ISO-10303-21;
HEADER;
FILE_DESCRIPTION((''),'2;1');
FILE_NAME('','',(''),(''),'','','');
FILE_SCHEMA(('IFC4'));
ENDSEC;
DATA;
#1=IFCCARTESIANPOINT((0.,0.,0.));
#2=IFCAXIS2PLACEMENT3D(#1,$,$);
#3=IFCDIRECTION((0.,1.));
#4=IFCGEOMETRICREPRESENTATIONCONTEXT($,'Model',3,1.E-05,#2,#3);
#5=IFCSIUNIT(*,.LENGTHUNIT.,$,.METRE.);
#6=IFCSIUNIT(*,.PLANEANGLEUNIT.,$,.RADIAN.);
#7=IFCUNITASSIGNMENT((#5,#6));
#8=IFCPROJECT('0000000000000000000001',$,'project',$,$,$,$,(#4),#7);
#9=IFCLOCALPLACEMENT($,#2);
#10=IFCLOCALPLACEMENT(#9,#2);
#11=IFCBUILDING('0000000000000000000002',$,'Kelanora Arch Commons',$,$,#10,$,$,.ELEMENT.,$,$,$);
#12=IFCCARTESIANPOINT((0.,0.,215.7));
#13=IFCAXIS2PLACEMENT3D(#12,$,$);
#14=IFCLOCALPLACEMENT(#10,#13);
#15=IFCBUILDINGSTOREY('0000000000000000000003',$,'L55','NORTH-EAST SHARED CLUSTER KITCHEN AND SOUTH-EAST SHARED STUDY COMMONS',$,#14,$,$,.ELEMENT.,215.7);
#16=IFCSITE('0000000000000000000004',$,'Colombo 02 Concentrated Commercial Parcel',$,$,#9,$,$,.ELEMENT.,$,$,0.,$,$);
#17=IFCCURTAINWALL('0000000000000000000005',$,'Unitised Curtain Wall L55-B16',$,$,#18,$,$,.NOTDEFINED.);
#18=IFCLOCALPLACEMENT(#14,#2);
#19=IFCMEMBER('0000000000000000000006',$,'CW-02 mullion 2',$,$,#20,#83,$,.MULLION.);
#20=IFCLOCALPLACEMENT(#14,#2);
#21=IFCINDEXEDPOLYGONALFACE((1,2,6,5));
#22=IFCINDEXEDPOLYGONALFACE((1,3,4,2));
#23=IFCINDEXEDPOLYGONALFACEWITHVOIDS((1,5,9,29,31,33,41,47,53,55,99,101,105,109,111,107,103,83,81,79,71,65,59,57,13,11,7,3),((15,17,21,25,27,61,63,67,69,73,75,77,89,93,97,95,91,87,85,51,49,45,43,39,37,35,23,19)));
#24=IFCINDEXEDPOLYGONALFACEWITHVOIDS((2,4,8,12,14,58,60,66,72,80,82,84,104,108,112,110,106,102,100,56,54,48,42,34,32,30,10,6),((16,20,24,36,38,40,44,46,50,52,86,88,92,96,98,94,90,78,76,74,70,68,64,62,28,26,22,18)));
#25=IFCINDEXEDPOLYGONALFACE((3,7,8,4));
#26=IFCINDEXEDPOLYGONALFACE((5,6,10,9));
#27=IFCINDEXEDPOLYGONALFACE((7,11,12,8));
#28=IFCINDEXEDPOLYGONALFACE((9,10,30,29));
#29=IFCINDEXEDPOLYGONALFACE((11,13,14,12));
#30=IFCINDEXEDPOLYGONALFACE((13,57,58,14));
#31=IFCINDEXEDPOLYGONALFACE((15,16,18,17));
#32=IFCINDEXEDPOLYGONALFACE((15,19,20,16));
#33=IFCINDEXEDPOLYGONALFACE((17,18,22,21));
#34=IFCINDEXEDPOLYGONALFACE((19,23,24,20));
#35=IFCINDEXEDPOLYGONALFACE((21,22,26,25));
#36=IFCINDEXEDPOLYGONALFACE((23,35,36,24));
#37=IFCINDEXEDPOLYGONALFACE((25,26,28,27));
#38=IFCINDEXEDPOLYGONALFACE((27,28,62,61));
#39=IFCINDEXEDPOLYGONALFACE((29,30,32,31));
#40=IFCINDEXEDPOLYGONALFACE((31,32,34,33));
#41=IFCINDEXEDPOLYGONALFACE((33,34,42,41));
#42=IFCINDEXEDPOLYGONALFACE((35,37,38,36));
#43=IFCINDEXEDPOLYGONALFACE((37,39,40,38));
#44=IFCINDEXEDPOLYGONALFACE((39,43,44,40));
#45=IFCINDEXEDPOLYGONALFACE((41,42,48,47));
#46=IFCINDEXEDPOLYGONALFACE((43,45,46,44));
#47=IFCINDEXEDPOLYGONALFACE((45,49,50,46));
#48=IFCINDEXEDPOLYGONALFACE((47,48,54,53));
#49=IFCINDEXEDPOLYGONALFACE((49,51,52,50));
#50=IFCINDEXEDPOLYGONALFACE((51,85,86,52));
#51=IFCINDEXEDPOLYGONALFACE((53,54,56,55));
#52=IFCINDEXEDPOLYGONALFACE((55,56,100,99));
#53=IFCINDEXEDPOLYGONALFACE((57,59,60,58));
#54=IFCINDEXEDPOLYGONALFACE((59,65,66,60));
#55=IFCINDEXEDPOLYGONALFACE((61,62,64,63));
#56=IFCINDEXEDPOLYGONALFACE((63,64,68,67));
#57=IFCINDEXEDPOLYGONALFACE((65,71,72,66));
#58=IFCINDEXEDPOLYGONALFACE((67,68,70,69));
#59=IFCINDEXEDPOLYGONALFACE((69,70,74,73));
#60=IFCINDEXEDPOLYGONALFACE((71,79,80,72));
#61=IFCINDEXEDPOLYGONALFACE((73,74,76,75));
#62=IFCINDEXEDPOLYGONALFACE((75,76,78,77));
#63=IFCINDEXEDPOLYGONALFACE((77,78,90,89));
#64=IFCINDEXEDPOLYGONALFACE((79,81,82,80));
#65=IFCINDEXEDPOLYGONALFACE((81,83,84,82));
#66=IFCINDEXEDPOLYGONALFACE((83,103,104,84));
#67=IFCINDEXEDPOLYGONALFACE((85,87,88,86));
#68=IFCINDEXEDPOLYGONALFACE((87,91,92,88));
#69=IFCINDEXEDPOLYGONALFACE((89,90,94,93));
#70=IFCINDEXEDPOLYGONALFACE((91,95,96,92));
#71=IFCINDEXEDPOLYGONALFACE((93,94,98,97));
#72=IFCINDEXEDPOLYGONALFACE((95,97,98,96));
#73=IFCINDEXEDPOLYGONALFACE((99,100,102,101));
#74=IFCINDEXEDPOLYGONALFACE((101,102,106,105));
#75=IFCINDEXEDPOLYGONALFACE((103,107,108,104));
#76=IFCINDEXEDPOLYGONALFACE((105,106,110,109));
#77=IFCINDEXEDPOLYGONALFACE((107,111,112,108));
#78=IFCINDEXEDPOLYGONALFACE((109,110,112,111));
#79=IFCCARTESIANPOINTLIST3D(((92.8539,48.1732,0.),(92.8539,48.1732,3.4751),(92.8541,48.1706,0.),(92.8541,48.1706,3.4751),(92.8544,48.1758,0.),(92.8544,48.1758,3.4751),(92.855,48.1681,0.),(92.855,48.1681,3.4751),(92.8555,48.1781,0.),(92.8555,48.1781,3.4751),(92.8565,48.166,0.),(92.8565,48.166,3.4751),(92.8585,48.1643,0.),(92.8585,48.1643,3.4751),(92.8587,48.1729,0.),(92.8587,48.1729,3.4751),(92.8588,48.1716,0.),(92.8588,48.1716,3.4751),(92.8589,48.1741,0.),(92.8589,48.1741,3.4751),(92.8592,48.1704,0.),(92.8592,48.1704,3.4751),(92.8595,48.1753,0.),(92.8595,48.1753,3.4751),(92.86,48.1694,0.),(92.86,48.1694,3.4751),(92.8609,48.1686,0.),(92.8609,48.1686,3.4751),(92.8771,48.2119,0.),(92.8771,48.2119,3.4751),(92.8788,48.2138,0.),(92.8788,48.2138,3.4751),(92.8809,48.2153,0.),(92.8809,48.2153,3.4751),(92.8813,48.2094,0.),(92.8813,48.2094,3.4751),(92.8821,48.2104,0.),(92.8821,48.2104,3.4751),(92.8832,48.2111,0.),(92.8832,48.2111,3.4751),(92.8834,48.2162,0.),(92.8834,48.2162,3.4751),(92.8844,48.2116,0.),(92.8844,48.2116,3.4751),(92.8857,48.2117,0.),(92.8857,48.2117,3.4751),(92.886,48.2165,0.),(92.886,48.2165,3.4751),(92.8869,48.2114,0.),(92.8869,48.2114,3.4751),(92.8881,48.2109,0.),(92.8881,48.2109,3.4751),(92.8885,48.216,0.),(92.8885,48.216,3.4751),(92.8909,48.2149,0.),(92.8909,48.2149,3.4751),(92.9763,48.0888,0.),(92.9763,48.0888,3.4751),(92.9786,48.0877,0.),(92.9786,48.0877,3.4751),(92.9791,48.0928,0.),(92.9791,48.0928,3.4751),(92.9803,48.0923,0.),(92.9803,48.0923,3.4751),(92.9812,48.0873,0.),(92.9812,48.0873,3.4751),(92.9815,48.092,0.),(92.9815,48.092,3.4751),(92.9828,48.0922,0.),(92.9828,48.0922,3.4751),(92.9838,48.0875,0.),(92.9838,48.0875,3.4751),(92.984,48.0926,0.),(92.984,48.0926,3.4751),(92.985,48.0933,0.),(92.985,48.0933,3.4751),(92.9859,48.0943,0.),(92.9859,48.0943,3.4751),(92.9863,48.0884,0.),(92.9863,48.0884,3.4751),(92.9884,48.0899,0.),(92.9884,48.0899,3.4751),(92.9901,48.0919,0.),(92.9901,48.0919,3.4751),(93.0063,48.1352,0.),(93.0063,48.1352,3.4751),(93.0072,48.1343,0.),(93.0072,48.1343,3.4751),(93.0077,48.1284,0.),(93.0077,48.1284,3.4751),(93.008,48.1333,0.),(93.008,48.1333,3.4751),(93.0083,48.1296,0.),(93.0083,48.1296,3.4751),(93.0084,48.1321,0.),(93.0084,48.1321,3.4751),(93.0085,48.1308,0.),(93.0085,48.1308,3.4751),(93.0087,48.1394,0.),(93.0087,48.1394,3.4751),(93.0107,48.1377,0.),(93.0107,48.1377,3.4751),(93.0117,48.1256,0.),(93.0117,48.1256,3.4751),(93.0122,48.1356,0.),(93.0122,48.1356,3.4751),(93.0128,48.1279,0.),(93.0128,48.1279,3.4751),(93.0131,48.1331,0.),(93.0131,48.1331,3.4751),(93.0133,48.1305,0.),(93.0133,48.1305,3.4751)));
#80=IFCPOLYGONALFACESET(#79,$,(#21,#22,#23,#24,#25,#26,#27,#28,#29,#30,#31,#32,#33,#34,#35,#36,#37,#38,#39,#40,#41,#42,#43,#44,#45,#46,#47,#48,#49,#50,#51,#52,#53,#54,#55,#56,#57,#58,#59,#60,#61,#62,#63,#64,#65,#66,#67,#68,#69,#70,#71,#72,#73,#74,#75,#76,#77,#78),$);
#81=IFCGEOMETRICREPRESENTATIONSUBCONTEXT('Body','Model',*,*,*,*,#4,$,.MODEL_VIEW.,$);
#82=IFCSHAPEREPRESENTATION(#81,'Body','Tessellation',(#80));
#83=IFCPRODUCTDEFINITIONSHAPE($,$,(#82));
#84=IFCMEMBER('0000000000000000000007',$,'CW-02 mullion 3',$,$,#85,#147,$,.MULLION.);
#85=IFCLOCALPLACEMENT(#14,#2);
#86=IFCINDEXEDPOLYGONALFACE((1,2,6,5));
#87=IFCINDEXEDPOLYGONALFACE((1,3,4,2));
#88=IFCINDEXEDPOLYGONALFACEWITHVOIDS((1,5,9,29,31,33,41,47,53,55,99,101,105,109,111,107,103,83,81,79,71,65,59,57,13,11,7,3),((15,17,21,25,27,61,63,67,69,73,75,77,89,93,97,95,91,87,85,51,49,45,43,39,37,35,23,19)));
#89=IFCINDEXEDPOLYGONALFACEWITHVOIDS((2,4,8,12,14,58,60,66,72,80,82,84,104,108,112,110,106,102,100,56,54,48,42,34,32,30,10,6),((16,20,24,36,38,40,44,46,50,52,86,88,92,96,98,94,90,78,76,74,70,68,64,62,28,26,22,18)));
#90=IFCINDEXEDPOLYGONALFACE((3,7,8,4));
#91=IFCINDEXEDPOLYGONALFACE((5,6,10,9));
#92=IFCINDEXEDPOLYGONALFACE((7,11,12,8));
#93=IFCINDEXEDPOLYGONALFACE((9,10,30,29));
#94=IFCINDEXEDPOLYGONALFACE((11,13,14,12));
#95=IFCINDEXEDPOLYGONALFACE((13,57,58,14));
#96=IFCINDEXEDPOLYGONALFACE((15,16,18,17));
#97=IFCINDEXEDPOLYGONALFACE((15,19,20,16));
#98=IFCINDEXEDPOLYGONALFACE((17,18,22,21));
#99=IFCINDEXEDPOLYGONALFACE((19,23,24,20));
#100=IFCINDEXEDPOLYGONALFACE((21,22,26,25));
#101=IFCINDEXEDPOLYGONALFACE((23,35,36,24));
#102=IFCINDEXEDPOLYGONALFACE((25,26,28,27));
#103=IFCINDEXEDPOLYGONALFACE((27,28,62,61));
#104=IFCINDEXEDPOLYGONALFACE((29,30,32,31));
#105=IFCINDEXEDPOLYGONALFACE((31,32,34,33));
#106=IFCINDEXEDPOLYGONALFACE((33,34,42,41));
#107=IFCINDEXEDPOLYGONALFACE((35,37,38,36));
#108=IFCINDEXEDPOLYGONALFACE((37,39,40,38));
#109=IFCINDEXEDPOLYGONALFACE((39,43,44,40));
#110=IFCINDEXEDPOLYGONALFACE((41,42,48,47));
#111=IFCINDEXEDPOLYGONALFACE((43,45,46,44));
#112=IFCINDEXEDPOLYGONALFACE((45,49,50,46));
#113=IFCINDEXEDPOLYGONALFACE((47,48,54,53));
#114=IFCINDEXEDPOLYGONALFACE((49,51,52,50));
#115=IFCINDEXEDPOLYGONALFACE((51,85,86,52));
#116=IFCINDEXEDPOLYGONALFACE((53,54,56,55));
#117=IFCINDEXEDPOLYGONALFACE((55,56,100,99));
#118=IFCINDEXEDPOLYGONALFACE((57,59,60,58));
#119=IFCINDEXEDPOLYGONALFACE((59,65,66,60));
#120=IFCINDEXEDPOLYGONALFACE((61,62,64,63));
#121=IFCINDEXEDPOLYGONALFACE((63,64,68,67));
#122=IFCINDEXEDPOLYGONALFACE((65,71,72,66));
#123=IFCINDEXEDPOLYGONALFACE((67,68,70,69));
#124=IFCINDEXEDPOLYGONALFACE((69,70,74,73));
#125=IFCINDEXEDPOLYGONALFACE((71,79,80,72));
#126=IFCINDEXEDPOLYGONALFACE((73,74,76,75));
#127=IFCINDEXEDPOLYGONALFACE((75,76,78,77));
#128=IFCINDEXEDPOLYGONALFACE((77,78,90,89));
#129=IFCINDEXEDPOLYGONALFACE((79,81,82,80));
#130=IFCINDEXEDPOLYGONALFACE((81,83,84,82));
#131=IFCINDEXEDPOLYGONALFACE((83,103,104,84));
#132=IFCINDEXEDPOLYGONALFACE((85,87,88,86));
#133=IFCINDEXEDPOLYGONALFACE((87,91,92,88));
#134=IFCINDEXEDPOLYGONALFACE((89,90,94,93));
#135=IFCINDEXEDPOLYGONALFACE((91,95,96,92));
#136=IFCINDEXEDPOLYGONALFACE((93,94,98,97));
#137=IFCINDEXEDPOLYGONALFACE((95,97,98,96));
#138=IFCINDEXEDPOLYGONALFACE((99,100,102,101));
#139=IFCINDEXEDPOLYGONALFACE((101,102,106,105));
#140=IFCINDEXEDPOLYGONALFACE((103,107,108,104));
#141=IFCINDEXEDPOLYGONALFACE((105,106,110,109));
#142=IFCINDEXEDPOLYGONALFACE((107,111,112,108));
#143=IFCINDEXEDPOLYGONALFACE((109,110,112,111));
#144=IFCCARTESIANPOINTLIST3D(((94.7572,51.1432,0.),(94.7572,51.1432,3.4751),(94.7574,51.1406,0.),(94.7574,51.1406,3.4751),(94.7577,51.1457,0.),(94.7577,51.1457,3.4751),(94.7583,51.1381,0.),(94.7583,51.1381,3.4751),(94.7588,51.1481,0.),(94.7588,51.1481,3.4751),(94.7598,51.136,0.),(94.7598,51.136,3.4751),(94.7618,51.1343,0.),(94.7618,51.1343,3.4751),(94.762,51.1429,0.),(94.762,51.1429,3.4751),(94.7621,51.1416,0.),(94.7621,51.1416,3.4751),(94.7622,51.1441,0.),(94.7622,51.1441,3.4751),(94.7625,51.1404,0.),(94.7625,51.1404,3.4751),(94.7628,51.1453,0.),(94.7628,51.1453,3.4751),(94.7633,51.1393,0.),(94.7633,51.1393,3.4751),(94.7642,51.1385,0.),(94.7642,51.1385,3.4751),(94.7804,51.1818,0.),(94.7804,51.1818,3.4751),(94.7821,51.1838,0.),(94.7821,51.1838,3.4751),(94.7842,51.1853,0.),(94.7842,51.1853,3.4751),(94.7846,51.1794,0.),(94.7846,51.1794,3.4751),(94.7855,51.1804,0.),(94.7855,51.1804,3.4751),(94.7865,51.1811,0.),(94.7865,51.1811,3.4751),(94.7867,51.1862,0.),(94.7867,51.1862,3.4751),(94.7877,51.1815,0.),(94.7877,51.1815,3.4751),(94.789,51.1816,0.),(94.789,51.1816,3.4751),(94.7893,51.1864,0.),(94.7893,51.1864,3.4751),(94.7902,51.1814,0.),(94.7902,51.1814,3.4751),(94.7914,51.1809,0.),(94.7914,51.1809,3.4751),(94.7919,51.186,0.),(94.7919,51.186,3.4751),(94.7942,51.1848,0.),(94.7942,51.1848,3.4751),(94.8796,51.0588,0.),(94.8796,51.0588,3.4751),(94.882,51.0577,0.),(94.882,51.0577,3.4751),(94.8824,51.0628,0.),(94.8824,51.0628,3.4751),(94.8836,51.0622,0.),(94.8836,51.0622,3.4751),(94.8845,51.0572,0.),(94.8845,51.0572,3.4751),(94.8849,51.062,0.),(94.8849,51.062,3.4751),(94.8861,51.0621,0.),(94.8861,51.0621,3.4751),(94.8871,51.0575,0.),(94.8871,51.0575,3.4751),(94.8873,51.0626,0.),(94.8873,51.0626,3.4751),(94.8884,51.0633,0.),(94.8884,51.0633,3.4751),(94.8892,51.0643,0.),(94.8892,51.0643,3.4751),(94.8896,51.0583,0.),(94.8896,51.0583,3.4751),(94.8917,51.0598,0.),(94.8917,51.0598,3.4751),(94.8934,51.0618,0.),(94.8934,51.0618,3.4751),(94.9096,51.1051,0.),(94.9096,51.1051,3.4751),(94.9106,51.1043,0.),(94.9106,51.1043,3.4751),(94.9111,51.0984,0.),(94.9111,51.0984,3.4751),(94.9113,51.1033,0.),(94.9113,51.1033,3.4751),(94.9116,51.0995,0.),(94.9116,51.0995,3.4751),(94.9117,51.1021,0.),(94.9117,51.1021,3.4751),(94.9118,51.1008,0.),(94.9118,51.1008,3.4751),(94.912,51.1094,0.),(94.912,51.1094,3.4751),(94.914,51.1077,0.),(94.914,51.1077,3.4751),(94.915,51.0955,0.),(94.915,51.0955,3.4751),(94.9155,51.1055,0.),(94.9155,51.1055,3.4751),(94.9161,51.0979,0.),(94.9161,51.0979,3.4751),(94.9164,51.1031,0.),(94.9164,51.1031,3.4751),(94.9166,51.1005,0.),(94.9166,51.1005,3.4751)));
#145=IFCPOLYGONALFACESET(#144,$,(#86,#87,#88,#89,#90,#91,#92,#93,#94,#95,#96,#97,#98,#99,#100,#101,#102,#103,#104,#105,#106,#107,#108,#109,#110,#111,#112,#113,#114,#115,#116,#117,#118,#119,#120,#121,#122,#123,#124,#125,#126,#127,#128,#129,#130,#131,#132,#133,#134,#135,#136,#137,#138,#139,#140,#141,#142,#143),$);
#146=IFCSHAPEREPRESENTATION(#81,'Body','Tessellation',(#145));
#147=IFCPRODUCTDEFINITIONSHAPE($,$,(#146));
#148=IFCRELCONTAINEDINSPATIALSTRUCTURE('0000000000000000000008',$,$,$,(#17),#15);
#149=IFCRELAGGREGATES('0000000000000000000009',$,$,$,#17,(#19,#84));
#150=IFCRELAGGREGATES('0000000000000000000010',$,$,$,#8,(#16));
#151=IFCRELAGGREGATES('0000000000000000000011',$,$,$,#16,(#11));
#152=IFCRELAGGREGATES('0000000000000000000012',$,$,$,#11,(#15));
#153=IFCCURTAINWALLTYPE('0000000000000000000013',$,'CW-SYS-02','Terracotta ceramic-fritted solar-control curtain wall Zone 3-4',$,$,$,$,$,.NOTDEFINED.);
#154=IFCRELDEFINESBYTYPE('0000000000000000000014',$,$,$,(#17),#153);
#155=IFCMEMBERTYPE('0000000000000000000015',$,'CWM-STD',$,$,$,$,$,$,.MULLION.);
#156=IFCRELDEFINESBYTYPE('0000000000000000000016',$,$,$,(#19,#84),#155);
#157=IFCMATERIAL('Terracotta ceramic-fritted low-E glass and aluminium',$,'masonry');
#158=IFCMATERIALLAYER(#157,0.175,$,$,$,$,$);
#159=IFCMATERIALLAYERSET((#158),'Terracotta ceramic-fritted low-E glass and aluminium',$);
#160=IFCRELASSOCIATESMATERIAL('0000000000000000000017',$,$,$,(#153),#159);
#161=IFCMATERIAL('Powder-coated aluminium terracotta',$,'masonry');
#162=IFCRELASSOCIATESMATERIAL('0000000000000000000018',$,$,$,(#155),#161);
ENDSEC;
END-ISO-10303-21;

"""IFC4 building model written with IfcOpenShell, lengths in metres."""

from ifc_helpers import new_model, si_unit, direction, frame, origin, origin_2d, place, context, subcontext, project, spatial, hollow_rectangle, extrude, material, layer, layer_set, material_profile, profile_set, type_object, element, aggregate, save


model = new_model("IFC4")

# Units and contexts
model_context = context("Model", 3, precision=1e-05, world=origin(), true_north=direction((0.0, 1.0)))
body_context = subcontext(model_context, "Body", "Model", "MODEL_VIEW")
ifc_project = project(units=[si_unit("LENGTHUNIT", "METRE"), si_unit("PLANEANGLEUNIT", "RADIAN")], contexts=[model_context])

# Site, building, storey
site_placement = place(None, origin())
site = spatial("IfcSite", under=ifc_project, at=site_placement, Name="Colombo 02 Concentrated Commercial Parcel", CompositionType="ELEMENT", RefElevation=0.0)
building_placement = place(site_placement, origin())
building = spatial("IfcBuilding", under=site, at=building_placement, Name="Kelanora Arch Commons", CompositionType="ELEMENT")
storey_placement = place(building_placement, frame((0.0, 0.0, 215.7)))
storey = spatial("IfcBuildingStorey", under=building, at=storey_placement, Name="L55", Description="NORTH-EAST SHARED CLUSTER KITCHEN AND SOUTH-EAST SHARED STUDY COMMONS", CompositionType="ELEMENT", Elevation=215.7)

# Curtain wall, members
ifc_material_1 = material(Name="Terracotta ceramic-fritted low-E glass and aluminium", Category="masonry")
ifc_layer_1 = layer(ifc_material_1, 0.175)
ifc_layer_set_1 = layer_set([ifc_layer_1], Name="Terracotta ceramic-fritted low-E glass and aluminium")
curtain_wall_type = type_object("IfcCurtainWallType", Name="CW-SYS-02", Description="Terracotta ceramic-fritted solar-control curtain wall Zone 3-4", PredefinedType="NOTDEFINED", material=ifc_layer_set_1)
curtain_wall_placement = place(storey_placement, origin())
curtain_wall = element("IfcCurtainWall", 1, at=curtain_wall_placement, inside=storey, type_object=curtain_wall_type, Name="Unitised Curtain Wall L55-B16", PredefinedType="NOTDEFINED")
ifc_material_2 = material(Name="Powder-coated aluminium terracotta", Category="masonry")
ifc_material_profile_1 = material_profile(ifc_material_2, hollow_rectangle(XDim=0.1599, YDim=0.0601, WallThickness=0.0049, InnerFilletRadius=0.0049, OuterFilletRadius=0.01, at=origin_2d()), Name="CWM160x60")
ifc_profile_set_1 = profile_set([ifc_material_profile_1], Name="Powder-coated aluminium terracotta")
member_type_1 = type_object("IfcMemberType", Name="CWM-STD", PredefinedType="MULLION", material=ifc_profile_set_1)
member_1_placement = place(storey_placement, frame((92.9336, 48.1519, 0.0), z_axis=(0.0, 0.0, 1.0), x_axis=(-0.841948, 0.539559, 0.0)))
member_1 = element("IfcMember", 2, at=member_1_placement, type_object=member_type_1, Name="CW-02 mullion 2", PredefinedType="MULLION", context=body_context, shape_type="SweptSolid", body=[
    extrude(hollow_rectangle(XDim=0.1599, YDim=0.0601, WallThickness=0.0049, InnerFilletRadius=0.0049, OuterFilletRadius=0.01, at=origin_2d()), origin(), (0.0, 0.0, 1.0), 3.4751),
])
member_2_placement = place(storey_placement, frame((94.8369, 51.1218, 0.0), z_axis=(0.0, 0.0, 1.0), x_axis=(-0.841948, 0.539559, 0.0)))
member_2 = element("IfcMember", 3, at=member_2_placement, type_object=member_type_1, Name="CW-02 mullion 3", PredefinedType="MULLION", context=body_context, shape_type="SweptSolid", body=[
    extrude(hollow_rectangle(XDim=0.1599, YDim=0.0601, WallThickness=0.0049, InnerFilletRadius=0.0049, OuterFilletRadius=0.01, at=origin_2d()), origin(), (0.0, 0.0, 1.0), 3.4751),
])
aggregate(curtain_wall, [member_1, member_2])

save(model, "model.ifc")
